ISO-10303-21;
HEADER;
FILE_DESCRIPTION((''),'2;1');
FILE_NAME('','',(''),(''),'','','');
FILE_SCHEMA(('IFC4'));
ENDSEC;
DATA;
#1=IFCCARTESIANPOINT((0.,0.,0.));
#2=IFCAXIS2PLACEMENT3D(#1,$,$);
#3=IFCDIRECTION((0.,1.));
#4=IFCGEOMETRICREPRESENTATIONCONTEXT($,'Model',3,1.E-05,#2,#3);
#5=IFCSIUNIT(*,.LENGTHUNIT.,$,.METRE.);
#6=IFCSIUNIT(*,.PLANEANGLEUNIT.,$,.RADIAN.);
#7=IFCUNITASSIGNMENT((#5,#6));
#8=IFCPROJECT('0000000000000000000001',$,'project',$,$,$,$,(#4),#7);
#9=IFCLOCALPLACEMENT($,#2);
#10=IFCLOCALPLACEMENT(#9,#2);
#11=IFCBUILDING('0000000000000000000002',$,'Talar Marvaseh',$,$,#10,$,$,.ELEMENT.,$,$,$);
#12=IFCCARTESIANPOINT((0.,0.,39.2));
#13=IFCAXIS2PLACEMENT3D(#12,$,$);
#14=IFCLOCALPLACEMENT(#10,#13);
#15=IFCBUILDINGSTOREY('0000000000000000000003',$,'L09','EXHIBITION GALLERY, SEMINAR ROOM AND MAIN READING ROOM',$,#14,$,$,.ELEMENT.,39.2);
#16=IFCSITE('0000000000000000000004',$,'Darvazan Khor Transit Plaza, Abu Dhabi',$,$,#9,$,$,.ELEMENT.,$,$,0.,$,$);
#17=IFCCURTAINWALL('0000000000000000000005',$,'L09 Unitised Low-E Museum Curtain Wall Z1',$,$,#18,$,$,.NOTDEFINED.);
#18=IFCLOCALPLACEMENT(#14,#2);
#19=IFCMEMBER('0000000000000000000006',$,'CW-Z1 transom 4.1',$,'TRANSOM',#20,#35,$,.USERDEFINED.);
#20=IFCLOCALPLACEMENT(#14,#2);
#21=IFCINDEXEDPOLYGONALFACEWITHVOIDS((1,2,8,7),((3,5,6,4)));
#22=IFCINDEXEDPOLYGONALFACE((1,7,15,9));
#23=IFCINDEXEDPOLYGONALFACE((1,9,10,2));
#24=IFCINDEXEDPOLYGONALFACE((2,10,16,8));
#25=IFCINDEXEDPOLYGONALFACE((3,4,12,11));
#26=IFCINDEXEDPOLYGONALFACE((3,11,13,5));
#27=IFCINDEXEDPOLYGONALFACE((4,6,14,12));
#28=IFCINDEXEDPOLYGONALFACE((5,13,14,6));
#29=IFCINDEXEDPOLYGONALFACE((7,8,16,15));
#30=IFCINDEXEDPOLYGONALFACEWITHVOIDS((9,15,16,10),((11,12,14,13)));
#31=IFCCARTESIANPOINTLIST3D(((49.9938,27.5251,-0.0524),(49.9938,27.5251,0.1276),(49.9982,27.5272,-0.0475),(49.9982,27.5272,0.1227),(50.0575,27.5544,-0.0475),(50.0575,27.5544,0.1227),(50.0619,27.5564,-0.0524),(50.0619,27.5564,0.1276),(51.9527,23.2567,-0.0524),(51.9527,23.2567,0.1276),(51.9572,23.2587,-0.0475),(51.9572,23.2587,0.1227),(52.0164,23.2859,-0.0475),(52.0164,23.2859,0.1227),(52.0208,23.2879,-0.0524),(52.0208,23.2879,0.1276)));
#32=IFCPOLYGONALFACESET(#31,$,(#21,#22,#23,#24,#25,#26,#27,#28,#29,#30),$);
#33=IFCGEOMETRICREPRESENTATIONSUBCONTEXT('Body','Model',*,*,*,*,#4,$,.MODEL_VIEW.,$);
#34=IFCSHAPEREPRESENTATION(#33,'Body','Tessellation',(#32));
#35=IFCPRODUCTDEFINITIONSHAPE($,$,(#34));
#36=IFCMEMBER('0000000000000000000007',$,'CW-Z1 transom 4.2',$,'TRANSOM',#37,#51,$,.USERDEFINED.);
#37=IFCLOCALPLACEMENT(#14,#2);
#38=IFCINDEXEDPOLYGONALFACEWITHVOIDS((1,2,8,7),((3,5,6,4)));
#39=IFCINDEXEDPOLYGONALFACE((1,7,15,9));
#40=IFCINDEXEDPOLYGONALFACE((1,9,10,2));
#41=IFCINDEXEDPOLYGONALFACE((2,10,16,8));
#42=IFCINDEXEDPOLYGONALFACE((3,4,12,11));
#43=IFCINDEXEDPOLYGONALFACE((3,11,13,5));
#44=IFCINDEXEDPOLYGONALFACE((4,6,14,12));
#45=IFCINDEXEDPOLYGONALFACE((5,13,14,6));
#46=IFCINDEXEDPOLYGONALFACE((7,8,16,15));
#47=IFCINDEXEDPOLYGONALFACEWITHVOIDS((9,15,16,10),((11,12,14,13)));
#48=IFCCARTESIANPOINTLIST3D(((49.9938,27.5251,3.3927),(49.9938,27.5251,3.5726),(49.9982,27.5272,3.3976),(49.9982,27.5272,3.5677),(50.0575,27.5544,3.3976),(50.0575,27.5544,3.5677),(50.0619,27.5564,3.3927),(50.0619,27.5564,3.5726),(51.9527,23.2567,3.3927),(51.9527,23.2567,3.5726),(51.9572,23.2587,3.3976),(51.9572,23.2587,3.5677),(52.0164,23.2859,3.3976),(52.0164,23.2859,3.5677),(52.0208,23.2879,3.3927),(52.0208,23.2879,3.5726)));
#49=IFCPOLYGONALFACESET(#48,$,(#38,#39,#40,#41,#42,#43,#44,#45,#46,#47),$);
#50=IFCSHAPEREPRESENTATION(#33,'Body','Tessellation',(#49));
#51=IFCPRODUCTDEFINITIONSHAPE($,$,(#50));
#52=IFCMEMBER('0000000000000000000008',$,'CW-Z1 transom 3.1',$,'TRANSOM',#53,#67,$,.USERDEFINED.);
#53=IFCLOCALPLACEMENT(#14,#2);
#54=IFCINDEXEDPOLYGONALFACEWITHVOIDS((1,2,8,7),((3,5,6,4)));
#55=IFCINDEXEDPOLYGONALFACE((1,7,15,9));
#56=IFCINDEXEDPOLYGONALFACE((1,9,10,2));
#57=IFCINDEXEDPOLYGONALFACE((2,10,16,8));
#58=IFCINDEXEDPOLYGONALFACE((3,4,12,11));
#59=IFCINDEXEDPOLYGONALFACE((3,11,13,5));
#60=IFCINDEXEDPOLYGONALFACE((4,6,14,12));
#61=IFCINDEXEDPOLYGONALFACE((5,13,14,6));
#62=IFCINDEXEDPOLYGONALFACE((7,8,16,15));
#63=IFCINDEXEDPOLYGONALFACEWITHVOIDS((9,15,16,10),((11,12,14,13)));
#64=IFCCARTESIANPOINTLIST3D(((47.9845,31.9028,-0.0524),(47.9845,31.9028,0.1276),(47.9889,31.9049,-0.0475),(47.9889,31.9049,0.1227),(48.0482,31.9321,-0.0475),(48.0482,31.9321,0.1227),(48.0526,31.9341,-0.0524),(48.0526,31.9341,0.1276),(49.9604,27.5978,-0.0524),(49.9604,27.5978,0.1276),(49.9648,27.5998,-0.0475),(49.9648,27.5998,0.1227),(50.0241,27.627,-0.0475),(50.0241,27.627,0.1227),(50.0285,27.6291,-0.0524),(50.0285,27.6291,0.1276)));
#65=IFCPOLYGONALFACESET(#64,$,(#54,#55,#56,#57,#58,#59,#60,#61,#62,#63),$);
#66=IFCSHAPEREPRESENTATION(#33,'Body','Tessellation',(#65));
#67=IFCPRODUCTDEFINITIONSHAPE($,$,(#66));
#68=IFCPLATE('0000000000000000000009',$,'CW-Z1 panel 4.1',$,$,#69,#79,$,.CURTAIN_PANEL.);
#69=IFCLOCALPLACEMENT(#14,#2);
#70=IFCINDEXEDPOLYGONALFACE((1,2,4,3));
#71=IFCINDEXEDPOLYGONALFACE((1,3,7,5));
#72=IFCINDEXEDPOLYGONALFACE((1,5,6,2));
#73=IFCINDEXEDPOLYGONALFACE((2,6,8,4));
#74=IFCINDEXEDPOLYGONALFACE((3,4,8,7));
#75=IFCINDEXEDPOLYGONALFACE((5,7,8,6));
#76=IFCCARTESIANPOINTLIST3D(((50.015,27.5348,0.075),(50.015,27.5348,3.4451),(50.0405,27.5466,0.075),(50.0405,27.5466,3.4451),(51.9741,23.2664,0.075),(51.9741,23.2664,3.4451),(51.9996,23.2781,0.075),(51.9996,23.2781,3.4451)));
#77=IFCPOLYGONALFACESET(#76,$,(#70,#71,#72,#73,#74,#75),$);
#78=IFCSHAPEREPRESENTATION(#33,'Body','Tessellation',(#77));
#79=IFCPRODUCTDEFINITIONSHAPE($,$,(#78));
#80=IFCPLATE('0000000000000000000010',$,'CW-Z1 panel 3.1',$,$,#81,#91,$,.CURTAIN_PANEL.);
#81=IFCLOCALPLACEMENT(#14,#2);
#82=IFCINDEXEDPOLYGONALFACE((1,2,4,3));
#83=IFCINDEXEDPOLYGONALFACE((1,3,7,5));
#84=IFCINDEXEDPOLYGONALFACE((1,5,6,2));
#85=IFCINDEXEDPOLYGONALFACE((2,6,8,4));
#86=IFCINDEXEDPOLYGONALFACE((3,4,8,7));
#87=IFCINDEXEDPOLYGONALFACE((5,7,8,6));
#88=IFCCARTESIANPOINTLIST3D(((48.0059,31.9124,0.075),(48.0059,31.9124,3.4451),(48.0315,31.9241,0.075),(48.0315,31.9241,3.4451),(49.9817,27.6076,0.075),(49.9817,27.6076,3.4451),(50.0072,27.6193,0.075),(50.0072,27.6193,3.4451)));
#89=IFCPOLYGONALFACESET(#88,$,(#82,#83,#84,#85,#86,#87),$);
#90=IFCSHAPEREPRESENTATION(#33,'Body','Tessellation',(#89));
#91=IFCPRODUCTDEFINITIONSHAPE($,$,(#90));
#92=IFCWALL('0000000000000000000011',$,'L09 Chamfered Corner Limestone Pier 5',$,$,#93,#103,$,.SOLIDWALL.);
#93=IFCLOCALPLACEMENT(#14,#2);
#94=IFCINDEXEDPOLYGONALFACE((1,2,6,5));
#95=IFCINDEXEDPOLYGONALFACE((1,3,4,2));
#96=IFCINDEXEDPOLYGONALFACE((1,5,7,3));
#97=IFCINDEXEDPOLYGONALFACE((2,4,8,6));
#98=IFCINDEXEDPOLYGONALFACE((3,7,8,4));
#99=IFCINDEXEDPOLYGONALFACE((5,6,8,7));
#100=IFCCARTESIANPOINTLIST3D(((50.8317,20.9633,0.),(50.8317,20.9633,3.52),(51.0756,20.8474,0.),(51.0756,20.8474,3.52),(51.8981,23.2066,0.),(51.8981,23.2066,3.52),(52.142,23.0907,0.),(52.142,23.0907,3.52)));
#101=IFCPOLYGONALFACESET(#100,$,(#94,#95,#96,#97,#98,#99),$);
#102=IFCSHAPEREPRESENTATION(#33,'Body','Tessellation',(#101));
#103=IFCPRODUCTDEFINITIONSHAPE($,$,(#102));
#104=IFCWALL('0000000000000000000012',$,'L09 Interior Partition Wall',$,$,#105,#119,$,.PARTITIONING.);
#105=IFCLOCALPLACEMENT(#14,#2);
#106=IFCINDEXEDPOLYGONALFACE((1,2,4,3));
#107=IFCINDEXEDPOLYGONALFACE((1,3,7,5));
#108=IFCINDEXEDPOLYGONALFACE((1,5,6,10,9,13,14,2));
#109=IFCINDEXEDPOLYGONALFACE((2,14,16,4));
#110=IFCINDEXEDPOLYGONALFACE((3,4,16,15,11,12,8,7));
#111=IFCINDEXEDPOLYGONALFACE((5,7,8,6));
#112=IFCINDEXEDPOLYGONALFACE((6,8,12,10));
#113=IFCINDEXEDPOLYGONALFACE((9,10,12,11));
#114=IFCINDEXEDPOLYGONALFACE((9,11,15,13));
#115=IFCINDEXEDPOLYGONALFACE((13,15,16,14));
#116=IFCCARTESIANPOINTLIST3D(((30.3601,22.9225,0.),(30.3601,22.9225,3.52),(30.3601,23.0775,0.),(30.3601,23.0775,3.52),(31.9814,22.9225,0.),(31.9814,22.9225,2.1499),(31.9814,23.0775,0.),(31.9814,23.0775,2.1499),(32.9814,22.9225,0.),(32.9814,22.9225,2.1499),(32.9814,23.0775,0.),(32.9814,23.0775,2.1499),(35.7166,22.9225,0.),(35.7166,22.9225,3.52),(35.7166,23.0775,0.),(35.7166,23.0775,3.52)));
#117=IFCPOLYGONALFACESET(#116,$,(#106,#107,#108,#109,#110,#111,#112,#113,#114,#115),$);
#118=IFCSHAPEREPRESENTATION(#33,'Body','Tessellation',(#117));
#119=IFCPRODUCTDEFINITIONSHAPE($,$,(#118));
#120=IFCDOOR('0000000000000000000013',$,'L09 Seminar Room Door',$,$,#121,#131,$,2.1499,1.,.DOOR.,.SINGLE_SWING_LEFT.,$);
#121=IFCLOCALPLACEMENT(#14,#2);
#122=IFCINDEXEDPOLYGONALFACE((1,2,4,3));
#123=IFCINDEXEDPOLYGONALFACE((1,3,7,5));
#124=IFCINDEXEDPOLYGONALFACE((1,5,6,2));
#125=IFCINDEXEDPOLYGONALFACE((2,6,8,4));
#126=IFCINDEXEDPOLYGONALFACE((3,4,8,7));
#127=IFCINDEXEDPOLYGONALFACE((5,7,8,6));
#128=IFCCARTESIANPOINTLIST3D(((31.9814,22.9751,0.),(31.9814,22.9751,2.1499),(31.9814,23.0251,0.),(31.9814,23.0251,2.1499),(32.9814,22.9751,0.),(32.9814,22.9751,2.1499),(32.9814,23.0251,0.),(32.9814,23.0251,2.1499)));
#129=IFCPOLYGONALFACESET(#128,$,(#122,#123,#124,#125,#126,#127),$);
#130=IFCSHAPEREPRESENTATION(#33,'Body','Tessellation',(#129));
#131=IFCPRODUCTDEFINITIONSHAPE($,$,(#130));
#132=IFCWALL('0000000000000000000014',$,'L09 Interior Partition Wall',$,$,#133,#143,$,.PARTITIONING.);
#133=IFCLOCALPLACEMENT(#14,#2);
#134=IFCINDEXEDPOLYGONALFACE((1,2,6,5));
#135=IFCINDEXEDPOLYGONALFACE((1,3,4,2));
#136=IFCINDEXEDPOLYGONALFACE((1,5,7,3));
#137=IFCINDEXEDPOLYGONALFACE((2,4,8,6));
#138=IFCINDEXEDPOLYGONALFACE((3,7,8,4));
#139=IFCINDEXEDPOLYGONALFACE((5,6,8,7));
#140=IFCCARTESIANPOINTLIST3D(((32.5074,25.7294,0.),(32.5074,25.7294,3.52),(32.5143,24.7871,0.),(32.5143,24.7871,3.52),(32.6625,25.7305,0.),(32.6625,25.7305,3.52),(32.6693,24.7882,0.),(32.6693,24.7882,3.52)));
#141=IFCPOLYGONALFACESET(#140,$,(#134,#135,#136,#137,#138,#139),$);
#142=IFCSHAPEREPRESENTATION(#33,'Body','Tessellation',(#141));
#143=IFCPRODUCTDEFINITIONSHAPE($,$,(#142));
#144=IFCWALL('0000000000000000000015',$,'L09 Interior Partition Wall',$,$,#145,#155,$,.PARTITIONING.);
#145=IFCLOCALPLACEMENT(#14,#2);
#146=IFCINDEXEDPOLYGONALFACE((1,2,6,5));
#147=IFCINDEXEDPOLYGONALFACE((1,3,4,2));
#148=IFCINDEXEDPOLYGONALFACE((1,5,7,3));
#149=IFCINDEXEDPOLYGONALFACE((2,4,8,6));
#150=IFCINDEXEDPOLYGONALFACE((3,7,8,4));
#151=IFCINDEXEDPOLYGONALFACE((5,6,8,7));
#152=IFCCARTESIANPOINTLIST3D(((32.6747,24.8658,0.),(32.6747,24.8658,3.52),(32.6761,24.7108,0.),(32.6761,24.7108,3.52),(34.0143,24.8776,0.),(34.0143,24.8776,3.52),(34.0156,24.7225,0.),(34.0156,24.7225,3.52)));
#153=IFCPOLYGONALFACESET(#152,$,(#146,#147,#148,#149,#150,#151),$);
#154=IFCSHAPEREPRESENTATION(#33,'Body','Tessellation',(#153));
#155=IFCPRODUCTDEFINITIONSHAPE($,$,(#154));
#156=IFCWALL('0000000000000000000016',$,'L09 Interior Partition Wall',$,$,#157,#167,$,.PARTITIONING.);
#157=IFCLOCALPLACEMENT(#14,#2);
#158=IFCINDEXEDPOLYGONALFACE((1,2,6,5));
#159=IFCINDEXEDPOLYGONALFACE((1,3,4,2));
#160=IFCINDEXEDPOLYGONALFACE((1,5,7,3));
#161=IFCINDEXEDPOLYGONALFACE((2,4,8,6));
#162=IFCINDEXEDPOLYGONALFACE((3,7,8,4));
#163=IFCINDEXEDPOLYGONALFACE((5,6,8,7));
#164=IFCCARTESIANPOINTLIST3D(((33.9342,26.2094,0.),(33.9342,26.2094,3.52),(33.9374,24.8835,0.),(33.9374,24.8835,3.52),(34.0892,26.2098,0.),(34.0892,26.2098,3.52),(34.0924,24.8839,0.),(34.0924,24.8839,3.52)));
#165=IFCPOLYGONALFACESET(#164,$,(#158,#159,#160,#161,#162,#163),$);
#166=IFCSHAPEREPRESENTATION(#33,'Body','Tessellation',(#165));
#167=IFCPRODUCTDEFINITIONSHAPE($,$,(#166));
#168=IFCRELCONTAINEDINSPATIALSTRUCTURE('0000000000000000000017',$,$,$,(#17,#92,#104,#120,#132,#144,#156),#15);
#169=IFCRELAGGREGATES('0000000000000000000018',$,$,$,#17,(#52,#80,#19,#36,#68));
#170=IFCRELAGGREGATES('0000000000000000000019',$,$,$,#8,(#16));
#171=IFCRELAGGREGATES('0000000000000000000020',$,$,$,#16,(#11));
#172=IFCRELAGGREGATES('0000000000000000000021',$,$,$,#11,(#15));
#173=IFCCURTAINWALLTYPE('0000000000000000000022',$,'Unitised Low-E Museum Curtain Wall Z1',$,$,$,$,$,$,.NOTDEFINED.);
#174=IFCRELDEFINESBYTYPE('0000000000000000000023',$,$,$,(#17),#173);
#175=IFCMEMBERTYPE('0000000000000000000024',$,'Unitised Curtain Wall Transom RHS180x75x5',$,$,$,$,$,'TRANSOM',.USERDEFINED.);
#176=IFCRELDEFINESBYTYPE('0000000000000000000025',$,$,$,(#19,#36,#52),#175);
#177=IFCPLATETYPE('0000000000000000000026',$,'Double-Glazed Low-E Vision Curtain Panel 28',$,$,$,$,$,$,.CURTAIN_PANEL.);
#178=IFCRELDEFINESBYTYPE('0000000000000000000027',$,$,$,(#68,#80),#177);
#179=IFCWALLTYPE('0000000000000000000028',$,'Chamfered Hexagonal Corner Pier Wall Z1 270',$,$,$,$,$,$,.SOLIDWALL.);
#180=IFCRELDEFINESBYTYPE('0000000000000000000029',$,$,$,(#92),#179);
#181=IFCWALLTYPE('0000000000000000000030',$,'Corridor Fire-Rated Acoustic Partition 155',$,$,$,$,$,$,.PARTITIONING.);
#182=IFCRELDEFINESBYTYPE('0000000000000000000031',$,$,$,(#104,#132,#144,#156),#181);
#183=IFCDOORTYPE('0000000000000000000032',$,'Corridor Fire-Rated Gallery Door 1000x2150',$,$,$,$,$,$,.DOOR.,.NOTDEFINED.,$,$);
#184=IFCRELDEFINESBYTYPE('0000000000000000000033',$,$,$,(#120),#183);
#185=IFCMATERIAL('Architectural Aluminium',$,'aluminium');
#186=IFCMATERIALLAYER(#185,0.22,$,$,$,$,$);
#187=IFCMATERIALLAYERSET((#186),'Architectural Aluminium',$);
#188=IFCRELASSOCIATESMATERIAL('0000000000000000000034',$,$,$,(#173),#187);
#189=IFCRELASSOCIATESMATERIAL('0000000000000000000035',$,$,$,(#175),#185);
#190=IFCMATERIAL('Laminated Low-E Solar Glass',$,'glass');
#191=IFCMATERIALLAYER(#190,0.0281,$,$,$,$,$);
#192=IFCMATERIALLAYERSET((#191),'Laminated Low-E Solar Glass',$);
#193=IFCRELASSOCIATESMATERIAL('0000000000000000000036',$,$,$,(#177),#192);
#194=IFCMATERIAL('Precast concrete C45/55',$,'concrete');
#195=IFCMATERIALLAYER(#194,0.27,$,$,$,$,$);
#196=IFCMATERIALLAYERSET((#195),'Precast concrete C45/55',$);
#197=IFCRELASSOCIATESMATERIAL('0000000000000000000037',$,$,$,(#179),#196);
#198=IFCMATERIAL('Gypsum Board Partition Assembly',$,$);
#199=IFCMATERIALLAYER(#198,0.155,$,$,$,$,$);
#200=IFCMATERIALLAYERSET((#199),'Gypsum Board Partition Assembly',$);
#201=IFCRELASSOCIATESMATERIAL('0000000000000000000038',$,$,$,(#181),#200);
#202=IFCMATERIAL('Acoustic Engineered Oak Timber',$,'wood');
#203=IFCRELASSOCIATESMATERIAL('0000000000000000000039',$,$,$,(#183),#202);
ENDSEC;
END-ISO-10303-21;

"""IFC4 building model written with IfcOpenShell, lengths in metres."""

from ifc_helpers import new_model, si_unit, direction, frame, frame_2d, origin, origin_2d, place, context, subcontext, project, spatial, rectangle, hollow_rectangle, extrude, source, transform, mapped, material, layer, layer_set, material_profile, profile_set, type_object, type_shapes, element, fill, aggregate, save


model = new_model("IFC4")

# Units and contexts
model_context = context("Model", 3, precision=1e-05, world=origin(), true_north=direction((0.0, 1.0)))
body_context = subcontext(model_context, "Body", "Model", "MODEL_VIEW")
ifc_project = project(units=[si_unit("LENGTHUNIT", "METRE"), si_unit("PLANEANGLEUNIT", "RADIAN")], contexts=[model_context])

# Site, building, storey
site_placement = place(None, origin())
site = spatial("IfcSite", under=ifc_project, at=site_placement, Name="Darvazan Khor Transit Plaza, Abu Dhabi", CompositionType="ELEMENT", RefElevation=0.0)
building_placement = place(site_placement, origin())
building = spatial("IfcBuilding", under=site, at=building_placement, Name="Talar Marvaseh", CompositionType="ELEMENT")
storey_placement = place(building_placement, frame((0.0, 0.0, 39.2)))
storey = spatial("IfcBuildingStorey", under=building, at=storey_placement, Name="L09", Description="EXHIBITION GALLERY, SEMINAR ROOM AND MAIN READING ROOM", CompositionType="ELEMENT", Elevation=39.2)

# Curtain wall, members, plates
ifc_material_1 = material(Name="Architectural Aluminium", Category="aluminium")
ifc_layer_1 = layer(ifc_material_1, 0.22)
ifc_layer_set_1 = layer_set([ifc_layer_1], Name="Architectural Aluminium")
curtain_wall_type = type_object("IfcCurtainWallType", Name="Unitised Low-E Museum Curtain Wall Z1", PredefinedType="NOTDEFINED", material=ifc_layer_set_1)
curtain_wall_placement = place(storey_placement, origin())
curtain_wall = element("IfcCurtainWall", 1, at=curtain_wall_placement, inside=storey, type_object=curtain_wall_type, Name="L09 Unitised Low-E Museum Curtain Wall Z1", PredefinedType="NOTDEFINED")
ifc_material_profile_1 = material_profile(ifc_material_1, hollow_rectangle(XDim=0.075, YDim=0.1799, WallThickness=0.0049, at=origin_2d()), Name="RHS180x75x5")
ifc_profile_set_1 = profile_set([ifc_material_profile_1], Name="Architectural Aluminium")
member_type_1 = type_object("IfcMemberType", Name="Unitised Curtain Wall Transom RHS180x75x5", ElementType="TRANSOM", PredefinedType="USERDEFINED", material=ifc_profile_set_1)
shared_shape_1 = source(origin(), body_context, "Body", "SweptSolid", [
    extrude(hollow_rectangle(XDim=0.075, YDim=0.1799, WallThickness=0.0049, at=origin_2d()), origin(), (0.0, 0.0, 1.0), 4.6965),
])
member_1_placement = place(storey_placement, frame((50.0278, 27.5408, 0.0376), z_axis=(0.417106, -0.908858, 0.0), x_axis=(0.908858, 0.417106, 0.0)))
member_1 = element("IfcMember", 2, at=member_1_placement, type_object=member_type_1, Name="CW-Z1 transom 4.1", ObjectType="TRANSOM", PredefinedType="USERDEFINED", context=body_context, shape_type="MappedRepresentation", body=[
    mapped(shared_shape_1, transform((0.0, 0.0, 0.0), x_axis=(1.0, 0.0, 0.0), y_axis=(0.0, 1.0, 0.0), z_axis=(0.0, 0.0, 1.0), scale=1.0)),
])
member_2_placement = place(storey_placement, frame((50.0278, 27.5408, 3.4827), z_axis=(0.417106, -0.908858, 0.0), x_axis=(0.908858, 0.417106, 0.0)))
member_2 = element("IfcMember", 3, at=member_2_placement, type_object=member_type_1, Name="CW-Z1 transom 4.2", ObjectType="TRANSOM", PredefinedType="USERDEFINED", context=body_context, shape_type="MappedRepresentation", body=[
    mapped(shared_shape_1, transform((0.0, 0.0, 0.0), x_axis=(1.0, 0.0, 0.0), y_axis=(0.0, 1.0, 0.0), z_axis=(0.0, 0.0, 1.0), scale=1.0)),
])
shared_shape_2 = source(origin(), body_context, "Body", "SweptSolid", [
    extrude(hollow_rectangle(XDim=0.075, YDim=0.1799, WallThickness=0.0049, at=origin_2d()), origin(), (0.0, 0.0, 1.0), 4.7368),
])
type_shapes(member_type_1, [shared_shape_1, shared_shape_2])
member_3_placement = place(storey_placement, frame((48.0186, 31.9185, 0.0376), z_axis=(0.417132, -0.908846, 0.0), x_axis=(0.908846, 0.417132, 0.0)))
member_3 = element("IfcMember", 4, at=member_3_placement, type_object=member_type_1, Name="CW-Z1 transom 3.1", ObjectType="TRANSOM", PredefinedType="USERDEFINED", context=body_context, shape_type="MappedRepresentation", body=[
    mapped(shared_shape_2, transform((0.0, 0.0, 0.0), x_axis=(1.0, 0.0, 0.0), y_axis=(0.0, 1.0, 0.0), z_axis=(0.0, 0.0, 1.0), scale=1.0)),
])
ifc_material_2 = material(Name="Laminated Low-E Solar Glass", Category="glass")
ifc_layer_2 = layer(ifc_material_2, 0.0281)
ifc_layer_set_2 = layer_set([ifc_layer_2], Name="Laminated Low-E Solar Glass")
plate_type = type_object("IfcPlateType", Name="Double-Glazed Low-E Vision Curtain Panel 28", PredefinedType="CURTAIN_PANEL", material=ifc_layer_set_2)
shared_shape_3 = source(origin(), body_context, "Body", "SweptSolid", [
    extrude(rectangle(XDim=4.6965, YDim=0.0281, at=origin_2d()), origin(), (0.0, 0.0, 1.0), 3.3701),
])
plate_1_placement = place(storey_placement, frame((51.0073, 25.4065, 0.075), z_axis=(0.0, 0.0, 1.0), x_axis=(0.417135, -0.908845, 0.0)))
plate_1 = element("IfcPlate", 5, at=plate_1_placement, type_object=plate_type, Name="CW-Z1 panel 4.1", PredefinedType="CURTAIN_PANEL", context=body_context, shape_type="MappedRepresentation", body=[
    mapped(shared_shape_3, transform((0.0, 0.0, 0.0), x_axis=(1.0, 0.0, 0.0), y_axis=(0.0, 1.0, 0.0), z_axis=(0.0, 0.0, 1.0), scale=1.0)),
])
shared_shape_4 = source(origin(), body_context, "Body", "SweptSolid", [
    extrude(rectangle(XDim=4.7366, YDim=0.0281, at=origin_2d()), origin(), (0.0, 0.0, 1.0), 3.3701),
])
type_shapes(plate_type, [shared_shape_3, shared_shape_4])
plate_2_placement = place(storey_placement, frame((49.0066, 29.7659, 0.075), z_axis=(0.0, 0.0, 1.0), x_axis=(0.417135, -0.908845, 0.0)))
plate_2 = element("IfcPlate", 6, at=plate_2_placement, type_object=plate_type, Name="CW-Z1 panel 3.1", PredefinedType="CURTAIN_PANEL", context=body_context, shape_type="MappedRepresentation", body=[
    mapped(shared_shape_4, transform((0.0, 0.0, 0.0), x_axis=(1.0, 0.0, 0.0), y_axis=(0.0, 1.0, 0.0), z_axis=(0.0, 0.0, 1.0), scale=1.0)),
])
aggregate(curtain_wall, [member_3, plate_2, member_1, member_2, plate_1])

# Wall
ifc_material_3 = material(Name="Precast concrete C45/55", Category="concrete")
ifc_layer_3 = layer(ifc_material_3, 0.27)
ifc_layer_set_3 = layer_set([ifc_layer_3], Name="Precast concrete C45/55")
wall_type_1 = type_object("IfcWallType", Name="Chamfered Hexagonal Corner Pier Wall Z1 270", PredefinedType="SOLIDWALL", material=ifc_layer_set_3)
wall_1_placement = place(storey_placement, frame((52.02, 23.1487, 0.0), z_axis=(0.0, 0.0, 1.0), x_axis=(-0.429315, -0.903155, 0.0)))
element("IfcWall", 7, at=wall_1_placement, inside=storey, type_object=wall_type_1, Name="L09 Chamfered Corner Limestone Pier 5", PredefinedType="SOLIDWALL", context=body_context, shape_type="SweptSolid", body=[
    extrude(rectangle(XDim=2.4839, YDim=0.27, at=frame_2d((1.2419, 0.0))), origin(), (0.0, 0.0, 1.0), 3.52),
])

# Wall, opening, door
ifc_material_4 = material(Name="Gypsum Board Partition Assembly")
ifc_layer_4 = layer(ifc_material_4, 0.155)
ifc_layer_set_4 = layer_set([ifc_layer_4], Name="Gypsum Board Partition Assembly")
wall_type_2 = type_object("IfcWallType", Name="Corridor Fire-Rated Acoustic Partition 155", PredefinedType="PARTITIONING", material=ifc_layer_set_4)
wall_2_placement = place(storey_placement, frame((35.7166, 23.0, 0.0), z_axis=(0.0, 0.0, 1.0), x_axis=(-1.0, 0.0, 0.0)))
wall_2 = element("IfcWall", 8, at=wall_2_placement, inside=storey, type_object=wall_type_2, Name="L09 Interior Partition Wall", PredefinedType="PARTITIONING", context=body_context, shape_type="SweptSolid", body=[
    extrude(rectangle(XDim=5.3564, YDim=0.155, at=frame_2d((2.6782, 0.0))), origin(), (0.0, 0.0, 1.0), 3.52),
])
opening_1_placement = place(wall_2_placement, frame((2.7351, 0.0, 0.0)))
opening_1 = element("IfcOpeningElement", 9, at=opening_1_placement, cuts=wall_2, PredefinedType="OPENING", context=body_context, shape_type="SweptSolid", body=[
    extrude(rectangle(XDim=1.0, YDim=2.1499, at=frame_2d((0.5, 1.075))), frame((0.0, 0.0874, 0.0), z_axis=(0.0, -1.0, 0.0), x_axis=(1.0, 0.0, 0.0)), (0.0, 0.0, 1.0), 0.175),
])
ifc_material_5 = material(Name="Acoustic Engineered Oak Timber", Category="wood")
door_type_1 = type_object("IfcDoorType", Name="Corridor Fire-Rated Gallery Door 1000x2150", OperationType="NOTDEFINED", PredefinedType="DOOR", material=ifc_material_5)
shared_shape_5 = source(origin(), body_context, "Body", "SweptSolid", [
    extrude(rectangle(XDim=1.0, YDim=2.1499, at=frame_2d((0.5, 1.075))), frame((0.0, 0.0249, 0.0), z_axis=(0.0, -1.0, 0.0), x_axis=(1.0, 0.0, 0.0)), (0.0, 0.0, 1.0), 0.05),
])
type_shapes(door_type_1, [shared_shape_5])
door_1_placement = place(opening_1_placement, origin())
door_1 = element("IfcDoor", 10, at=door_1_placement, inside=storey, type_object=door_type_1, Name="L09 Seminar Room Door", OperationType="SINGLE_SWING_LEFT", OverallHeight=2.1499, OverallWidth=1.0, PredefinedType="DOOR", context=body_context, shape_type="MappedRepresentation", body=[
    mapped(shared_shape_5, transform((0.0, 0.0, 0.0), x_axis=(1.0, 0.0, 0.0), y_axis=(0.0, 1.0, 0.0), z_axis=(0.0, 0.0, 1.0), scale=1.0)),
])
fill(opening_1, door_1)

# Walls
wall_3_placement = place(storey_placement, frame((32.585, 25.73, 0.0), z_axis=(0.0, 0.0, 1.0), x_axis=(0.007254, -0.999974, 0.0)))
element("IfcWall", 11, at=wall_3_placement, inside=storey, type_object=wall_type_2, Name="L09 Interior Partition Wall", PredefinedType="PARTITIONING", context=body_context, shape_type="SweptSolid", body=[
    extrude(rectangle(XDim=0.9424, YDim=0.155, at=frame_2d((0.4712, 0.0))), origin(), (0.0, 0.0, 1.0), 3.52),
])
wall_4_placement = place(storey_placement, frame((32.6753, 24.7883, 0.0), z_axis=(0.0, 0.0, 1.0), x_axis=(0.999962, 0.008748, 0.0)))
element("IfcWall", 12, at=wall_4_placement, inside=storey, type_object=wall_type_2, Name="L09 Interior Partition Wall", PredefinedType="PARTITIONING", context=body_context, shape_type="SweptSolid", body=[
    extrude(rectangle(XDim=1.3396, YDim=0.155, at=frame_2d((0.6699, 0.0))), origin(), (0.0, 0.0, 1.0), 3.52),
])
wall_5_placement = place(storey_placement, frame((34.0149, 24.8835, 0.0), z_axis=(0.0, 0.0, 1.0), x_axis=(-0.002394, 0.999997, 0.0)))
element("IfcWall", 13, at=wall_5_placement, inside=storey, type_object=wall_type_2, Name="L09 Interior Partition Wall", PredefinedType="PARTITIONING", context=body_context, shape_type="SweptSolid", body=[
    extrude(rectangle(XDim=1.3259, YDim=0.155, at=frame_2d((0.6631, 0.0))), origin(), (0.0, 0.0, 1.0), 3.52),
])

save(model, "model.ifc")
